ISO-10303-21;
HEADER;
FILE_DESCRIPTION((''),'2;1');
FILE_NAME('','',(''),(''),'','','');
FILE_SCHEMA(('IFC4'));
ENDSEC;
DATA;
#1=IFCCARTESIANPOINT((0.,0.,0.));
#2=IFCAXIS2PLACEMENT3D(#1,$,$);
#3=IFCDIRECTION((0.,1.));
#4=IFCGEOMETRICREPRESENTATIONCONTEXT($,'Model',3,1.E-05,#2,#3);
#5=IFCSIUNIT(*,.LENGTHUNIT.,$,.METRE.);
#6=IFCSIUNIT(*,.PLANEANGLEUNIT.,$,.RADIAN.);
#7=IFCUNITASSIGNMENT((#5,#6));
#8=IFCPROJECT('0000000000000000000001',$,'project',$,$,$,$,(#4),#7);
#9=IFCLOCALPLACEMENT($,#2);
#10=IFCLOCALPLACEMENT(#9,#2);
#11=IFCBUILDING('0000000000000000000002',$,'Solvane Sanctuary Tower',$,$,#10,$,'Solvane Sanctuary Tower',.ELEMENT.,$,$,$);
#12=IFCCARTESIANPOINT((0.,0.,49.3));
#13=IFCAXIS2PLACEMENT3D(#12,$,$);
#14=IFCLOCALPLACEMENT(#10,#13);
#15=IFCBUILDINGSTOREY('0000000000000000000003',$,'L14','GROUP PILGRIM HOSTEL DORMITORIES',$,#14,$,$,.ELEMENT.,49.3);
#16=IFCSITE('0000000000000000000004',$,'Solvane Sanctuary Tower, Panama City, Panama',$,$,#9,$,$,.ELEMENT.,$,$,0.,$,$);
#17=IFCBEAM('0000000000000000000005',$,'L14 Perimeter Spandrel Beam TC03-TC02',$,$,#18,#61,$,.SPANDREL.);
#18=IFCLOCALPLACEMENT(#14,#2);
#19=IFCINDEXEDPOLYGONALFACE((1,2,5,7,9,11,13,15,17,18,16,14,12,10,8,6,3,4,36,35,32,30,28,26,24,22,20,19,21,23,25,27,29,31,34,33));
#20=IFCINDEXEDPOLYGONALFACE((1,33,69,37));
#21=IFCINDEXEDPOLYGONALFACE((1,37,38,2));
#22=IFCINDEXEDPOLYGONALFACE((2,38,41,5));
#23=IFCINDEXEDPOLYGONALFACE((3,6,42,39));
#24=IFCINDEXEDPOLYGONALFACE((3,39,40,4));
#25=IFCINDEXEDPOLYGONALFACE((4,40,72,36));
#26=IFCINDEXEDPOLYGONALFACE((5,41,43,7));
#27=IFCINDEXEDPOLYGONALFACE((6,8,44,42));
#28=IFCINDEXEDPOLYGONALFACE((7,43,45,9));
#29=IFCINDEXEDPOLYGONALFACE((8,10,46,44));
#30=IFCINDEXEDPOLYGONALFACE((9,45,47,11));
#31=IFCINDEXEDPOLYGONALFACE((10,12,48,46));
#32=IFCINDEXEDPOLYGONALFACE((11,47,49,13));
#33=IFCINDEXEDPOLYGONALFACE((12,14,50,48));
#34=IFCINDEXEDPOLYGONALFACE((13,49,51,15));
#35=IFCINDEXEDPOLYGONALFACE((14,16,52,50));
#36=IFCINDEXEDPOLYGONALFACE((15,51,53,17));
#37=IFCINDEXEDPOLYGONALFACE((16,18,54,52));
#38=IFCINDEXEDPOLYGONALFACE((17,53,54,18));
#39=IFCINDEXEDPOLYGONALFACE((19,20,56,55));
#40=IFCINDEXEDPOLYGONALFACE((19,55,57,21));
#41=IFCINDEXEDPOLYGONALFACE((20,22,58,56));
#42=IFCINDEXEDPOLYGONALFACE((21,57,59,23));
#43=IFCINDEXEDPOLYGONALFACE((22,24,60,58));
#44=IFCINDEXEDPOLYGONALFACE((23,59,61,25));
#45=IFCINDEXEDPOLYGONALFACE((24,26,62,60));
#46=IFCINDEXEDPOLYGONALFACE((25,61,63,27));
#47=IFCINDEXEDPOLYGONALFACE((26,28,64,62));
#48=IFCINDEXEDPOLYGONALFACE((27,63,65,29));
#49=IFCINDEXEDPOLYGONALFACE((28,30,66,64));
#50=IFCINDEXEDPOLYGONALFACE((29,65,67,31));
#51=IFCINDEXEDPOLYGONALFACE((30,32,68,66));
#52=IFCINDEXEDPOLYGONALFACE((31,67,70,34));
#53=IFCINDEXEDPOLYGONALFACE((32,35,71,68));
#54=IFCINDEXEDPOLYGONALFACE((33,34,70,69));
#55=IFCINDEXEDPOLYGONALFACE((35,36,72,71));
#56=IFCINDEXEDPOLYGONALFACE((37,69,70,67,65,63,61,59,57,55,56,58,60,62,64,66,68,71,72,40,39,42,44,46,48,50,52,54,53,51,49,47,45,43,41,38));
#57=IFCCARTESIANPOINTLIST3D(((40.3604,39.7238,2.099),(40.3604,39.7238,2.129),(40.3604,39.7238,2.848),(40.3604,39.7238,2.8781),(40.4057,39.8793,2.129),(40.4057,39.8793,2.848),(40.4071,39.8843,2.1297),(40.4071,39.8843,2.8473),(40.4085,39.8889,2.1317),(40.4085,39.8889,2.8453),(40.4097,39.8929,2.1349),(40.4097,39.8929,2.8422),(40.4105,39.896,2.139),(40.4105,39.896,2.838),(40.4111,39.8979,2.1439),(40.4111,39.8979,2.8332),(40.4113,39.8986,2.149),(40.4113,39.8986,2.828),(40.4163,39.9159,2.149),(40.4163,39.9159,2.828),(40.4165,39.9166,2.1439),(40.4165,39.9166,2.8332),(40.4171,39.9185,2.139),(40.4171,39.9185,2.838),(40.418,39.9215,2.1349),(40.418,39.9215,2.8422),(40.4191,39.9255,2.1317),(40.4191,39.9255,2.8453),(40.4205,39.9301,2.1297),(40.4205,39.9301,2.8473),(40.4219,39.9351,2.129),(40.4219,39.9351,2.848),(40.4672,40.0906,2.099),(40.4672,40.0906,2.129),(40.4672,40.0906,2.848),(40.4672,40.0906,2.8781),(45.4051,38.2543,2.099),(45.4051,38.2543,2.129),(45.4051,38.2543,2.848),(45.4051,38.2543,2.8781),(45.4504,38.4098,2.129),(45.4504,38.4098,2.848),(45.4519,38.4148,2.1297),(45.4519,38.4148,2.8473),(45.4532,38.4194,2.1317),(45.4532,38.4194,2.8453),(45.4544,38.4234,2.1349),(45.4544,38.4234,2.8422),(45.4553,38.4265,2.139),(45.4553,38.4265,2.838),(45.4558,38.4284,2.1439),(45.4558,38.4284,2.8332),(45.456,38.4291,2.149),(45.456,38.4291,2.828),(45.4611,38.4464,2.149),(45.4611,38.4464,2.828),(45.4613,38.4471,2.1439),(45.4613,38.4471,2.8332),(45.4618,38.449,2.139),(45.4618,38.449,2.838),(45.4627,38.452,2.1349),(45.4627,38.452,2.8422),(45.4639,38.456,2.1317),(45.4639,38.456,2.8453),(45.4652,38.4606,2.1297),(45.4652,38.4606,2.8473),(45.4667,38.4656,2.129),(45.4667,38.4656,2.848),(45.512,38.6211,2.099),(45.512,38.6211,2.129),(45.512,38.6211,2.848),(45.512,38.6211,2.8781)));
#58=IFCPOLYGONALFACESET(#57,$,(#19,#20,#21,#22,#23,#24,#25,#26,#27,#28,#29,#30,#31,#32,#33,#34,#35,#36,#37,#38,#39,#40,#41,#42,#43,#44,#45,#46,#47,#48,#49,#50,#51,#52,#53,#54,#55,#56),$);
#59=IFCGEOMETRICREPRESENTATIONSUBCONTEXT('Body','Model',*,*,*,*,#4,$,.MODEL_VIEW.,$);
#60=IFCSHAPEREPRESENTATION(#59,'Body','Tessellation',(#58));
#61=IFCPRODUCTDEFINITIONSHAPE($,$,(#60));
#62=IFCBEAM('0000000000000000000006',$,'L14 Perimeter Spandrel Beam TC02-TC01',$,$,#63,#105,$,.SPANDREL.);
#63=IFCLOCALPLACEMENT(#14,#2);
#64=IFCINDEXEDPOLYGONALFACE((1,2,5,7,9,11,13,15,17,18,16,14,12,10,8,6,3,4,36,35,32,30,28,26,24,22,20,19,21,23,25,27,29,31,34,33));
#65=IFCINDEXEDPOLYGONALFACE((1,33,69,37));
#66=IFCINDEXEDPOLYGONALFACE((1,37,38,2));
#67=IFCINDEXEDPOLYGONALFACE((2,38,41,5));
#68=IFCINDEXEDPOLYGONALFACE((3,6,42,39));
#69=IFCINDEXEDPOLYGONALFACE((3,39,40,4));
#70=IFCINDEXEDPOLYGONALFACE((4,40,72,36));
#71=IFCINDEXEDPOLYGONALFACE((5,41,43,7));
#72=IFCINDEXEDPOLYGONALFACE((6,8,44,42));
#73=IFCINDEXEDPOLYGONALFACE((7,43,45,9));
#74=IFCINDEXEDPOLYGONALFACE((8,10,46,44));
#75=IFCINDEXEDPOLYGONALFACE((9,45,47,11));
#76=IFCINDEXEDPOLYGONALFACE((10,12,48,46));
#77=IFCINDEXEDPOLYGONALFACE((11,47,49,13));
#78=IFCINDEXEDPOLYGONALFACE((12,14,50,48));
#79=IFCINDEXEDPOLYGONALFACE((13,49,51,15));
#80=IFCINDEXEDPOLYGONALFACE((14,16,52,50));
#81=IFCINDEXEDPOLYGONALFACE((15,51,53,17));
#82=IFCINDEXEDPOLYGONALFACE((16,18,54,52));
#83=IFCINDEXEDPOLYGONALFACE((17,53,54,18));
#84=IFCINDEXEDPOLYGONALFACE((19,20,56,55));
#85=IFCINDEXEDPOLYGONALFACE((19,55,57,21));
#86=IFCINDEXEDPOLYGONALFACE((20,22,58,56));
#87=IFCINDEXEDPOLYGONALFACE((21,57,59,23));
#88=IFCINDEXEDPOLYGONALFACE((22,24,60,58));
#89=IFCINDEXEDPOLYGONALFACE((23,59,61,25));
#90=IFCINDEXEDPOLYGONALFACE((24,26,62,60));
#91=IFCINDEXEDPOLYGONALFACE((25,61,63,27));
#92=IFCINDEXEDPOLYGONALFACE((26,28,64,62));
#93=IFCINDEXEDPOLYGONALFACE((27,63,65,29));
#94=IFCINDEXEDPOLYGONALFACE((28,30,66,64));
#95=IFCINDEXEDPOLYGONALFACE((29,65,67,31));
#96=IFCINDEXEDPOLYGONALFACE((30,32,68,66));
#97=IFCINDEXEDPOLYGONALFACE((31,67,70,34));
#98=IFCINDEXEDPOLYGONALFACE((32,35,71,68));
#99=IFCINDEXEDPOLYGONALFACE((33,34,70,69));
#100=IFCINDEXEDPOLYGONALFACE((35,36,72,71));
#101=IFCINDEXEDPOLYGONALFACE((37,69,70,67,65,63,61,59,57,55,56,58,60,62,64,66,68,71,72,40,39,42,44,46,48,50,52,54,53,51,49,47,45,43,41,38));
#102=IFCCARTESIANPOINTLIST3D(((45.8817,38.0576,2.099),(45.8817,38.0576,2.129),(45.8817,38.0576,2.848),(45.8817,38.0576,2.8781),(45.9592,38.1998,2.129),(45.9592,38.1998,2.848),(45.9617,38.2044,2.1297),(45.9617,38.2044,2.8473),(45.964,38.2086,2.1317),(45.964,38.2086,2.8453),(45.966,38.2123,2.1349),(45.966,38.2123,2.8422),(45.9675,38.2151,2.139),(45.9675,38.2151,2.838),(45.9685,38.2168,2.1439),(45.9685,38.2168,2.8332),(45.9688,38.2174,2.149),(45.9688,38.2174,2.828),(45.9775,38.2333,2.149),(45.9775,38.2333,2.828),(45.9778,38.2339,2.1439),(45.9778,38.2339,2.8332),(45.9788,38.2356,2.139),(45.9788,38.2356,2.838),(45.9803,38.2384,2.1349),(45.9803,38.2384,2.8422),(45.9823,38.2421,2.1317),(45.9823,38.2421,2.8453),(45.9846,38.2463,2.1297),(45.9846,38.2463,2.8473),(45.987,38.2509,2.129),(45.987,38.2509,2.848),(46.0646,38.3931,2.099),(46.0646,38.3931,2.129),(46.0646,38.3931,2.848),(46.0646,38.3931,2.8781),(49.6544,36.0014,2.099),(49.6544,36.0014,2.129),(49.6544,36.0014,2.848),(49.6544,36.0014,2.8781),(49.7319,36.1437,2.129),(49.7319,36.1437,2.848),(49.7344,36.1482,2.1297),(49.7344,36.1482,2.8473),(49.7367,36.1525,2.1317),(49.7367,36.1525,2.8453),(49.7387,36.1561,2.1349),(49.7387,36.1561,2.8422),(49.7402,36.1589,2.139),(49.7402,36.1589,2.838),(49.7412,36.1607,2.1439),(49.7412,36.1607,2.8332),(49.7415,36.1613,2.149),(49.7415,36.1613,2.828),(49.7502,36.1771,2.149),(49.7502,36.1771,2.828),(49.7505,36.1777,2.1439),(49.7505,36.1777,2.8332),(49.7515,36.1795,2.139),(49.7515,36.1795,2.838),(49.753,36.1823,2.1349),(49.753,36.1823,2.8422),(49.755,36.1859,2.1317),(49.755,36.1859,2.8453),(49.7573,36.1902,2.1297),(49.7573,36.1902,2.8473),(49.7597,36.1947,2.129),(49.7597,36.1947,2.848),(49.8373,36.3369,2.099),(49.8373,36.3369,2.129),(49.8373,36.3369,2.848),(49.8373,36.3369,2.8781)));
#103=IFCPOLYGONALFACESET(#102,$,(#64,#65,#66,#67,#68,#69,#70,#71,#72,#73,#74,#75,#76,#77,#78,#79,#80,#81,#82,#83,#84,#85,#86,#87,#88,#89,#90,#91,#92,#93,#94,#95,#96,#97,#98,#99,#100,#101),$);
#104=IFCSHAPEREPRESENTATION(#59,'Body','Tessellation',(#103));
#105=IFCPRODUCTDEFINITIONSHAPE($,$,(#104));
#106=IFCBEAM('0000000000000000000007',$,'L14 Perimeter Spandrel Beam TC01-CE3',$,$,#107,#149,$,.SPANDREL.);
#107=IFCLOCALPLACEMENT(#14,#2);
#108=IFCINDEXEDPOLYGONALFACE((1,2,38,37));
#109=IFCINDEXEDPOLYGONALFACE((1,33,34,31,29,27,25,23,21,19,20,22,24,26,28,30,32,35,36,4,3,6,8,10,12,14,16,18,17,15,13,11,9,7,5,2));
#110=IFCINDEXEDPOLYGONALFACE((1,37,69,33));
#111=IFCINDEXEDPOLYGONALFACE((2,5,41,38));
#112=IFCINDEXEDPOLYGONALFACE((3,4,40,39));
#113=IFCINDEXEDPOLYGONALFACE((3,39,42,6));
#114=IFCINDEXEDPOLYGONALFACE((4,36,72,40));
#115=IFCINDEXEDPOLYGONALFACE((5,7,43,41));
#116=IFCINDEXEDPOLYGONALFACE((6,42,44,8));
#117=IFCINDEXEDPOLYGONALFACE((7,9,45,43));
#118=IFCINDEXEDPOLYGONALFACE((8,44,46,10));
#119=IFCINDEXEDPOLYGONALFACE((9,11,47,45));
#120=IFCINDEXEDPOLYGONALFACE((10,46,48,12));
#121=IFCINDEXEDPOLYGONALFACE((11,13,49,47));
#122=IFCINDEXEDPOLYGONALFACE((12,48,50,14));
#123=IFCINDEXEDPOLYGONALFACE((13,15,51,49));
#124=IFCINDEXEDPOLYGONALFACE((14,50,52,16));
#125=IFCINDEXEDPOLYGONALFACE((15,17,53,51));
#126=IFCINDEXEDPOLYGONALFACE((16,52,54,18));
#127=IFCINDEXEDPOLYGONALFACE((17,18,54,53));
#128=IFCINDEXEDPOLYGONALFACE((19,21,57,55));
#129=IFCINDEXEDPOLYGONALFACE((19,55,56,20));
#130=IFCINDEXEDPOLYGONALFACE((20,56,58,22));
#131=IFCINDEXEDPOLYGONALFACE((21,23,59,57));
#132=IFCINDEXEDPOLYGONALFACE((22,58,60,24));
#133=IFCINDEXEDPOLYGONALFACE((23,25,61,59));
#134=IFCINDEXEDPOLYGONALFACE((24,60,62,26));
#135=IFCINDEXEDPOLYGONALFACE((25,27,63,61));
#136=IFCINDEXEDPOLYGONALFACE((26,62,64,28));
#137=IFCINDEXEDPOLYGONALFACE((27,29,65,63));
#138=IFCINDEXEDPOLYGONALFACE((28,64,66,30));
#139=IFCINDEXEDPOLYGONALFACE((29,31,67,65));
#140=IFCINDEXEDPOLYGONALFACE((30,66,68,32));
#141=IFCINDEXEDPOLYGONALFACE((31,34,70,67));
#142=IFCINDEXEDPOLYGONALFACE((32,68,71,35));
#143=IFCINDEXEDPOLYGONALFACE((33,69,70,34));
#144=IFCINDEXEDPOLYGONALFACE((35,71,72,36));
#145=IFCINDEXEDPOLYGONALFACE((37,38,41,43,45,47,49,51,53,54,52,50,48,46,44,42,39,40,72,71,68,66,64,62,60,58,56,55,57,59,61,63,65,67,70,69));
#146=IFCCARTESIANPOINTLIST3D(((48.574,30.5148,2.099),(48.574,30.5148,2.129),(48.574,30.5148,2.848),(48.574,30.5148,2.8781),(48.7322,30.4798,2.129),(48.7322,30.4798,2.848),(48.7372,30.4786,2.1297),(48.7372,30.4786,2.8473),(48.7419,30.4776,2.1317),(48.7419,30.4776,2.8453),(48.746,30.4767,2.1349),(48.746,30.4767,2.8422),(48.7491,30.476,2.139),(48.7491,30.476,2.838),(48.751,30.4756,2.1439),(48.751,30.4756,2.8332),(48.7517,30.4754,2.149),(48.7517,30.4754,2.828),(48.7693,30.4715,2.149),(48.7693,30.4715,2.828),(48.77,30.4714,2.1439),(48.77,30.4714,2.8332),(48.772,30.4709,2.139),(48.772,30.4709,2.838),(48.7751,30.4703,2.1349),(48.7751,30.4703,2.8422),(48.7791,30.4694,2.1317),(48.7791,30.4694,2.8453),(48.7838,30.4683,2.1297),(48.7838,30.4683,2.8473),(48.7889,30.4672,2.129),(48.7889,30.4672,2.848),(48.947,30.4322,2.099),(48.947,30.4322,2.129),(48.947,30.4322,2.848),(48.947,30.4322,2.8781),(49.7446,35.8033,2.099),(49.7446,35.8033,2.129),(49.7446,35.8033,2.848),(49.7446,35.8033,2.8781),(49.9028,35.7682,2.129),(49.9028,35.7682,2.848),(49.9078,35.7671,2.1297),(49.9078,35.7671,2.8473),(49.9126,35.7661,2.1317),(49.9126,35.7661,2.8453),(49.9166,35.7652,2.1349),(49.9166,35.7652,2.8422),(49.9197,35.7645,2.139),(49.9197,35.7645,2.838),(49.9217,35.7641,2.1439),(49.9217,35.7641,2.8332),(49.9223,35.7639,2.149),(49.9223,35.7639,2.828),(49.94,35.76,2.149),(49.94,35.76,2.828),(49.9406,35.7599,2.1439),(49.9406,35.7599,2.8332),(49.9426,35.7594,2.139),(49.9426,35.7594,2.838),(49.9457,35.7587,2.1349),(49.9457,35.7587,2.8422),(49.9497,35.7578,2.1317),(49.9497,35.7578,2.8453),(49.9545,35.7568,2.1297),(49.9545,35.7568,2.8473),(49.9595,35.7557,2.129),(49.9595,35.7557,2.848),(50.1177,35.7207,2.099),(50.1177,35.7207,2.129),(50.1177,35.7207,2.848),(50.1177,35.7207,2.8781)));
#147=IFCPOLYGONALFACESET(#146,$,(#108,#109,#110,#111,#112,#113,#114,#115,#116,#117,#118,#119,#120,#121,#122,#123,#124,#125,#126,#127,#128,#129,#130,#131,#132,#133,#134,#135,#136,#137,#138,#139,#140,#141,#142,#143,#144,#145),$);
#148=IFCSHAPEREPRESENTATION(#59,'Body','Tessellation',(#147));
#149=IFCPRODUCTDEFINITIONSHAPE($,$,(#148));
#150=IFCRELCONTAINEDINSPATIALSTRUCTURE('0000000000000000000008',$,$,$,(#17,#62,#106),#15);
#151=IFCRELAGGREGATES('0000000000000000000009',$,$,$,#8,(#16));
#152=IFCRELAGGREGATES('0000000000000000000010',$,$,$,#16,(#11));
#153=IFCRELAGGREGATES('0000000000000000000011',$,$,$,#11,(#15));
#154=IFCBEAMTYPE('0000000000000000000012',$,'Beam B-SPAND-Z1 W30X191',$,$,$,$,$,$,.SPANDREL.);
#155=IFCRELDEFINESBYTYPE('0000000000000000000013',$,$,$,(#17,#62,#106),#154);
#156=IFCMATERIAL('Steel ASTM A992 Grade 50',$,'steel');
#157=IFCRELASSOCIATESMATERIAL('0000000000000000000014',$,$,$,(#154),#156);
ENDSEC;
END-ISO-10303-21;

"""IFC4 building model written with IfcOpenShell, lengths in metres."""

from ifc_helpers import new_model, si_unit, direction, frame, origin, origin_2d, place, context, subcontext, project, spatial, i_section, extrude, material, material_profile, profile_set, type_object, element, save


model = new_model("IFC4")

# Units and contexts
model_context = context("Model", 3, precision=1e-05, world=origin(), true_north=direction((0.0, 1.0)))
body_context = subcontext(model_context, "Body", "Model", "MODEL_VIEW")
ifc_project = project(units=[si_unit("LENGTHUNIT", "METRE"), si_unit("PLANEANGLEUNIT", "RADIAN")], contexts=[model_context])

# Site, building, storey
site_placement = place(None, origin())
site = spatial("IfcSite", under=ifc_project, at=site_placement, Name="Solvane Sanctuary Tower, Panama City, Panama", CompositionType="ELEMENT", RefElevation=0.0)
building_placement = place(site_placement, origin())
building = spatial("IfcBuilding", under=site, at=building_placement, Name="Solvane Sanctuary Tower", LongName="Solvane Sanctuary Tower", CompositionType="ELEMENT")
storey_placement = place(building_placement, frame((0.0, 0.0, 49.3)))
storey = spatial("IfcBuildingStorey", under=building, at=storey_placement, Name="L14", Description="GROUP PILGRIM HOSTEL DORMITORIES", CompositionType="ELEMENT", Elevation=49.3)

# Beams
ifc_material_1 = material(Name="Steel ASTM A992 Grade 50", Category="steel")
ifc_material_profile_1 = material_profile(ifc_material_1, i_section(OverallWidth=0.3821, OverallDepth=0.7791, WebThickness=0.0181, FlangeThickness=0.03, FilletRadius=0.02, at=origin_2d()), Name="W30X191")
ifc_profile_set_1 = profile_set([ifc_material_profile_1], Name="Steel ASTM A992 Grade 50")
beam_type_1 = type_object("IfcBeamType", Name="Beam B-SPAND-Z1 W30X191", PredefinedType="SPANDREL", material=ifc_profile_set_1)
beam_1_placement = place(storey_placement, frame((40.4138, 39.9072, 2.4885), z_axis=(0.960096, -0.27967, 0.0), x_axis=(0.27967, 0.960096, 0.0)))
element("IfcBeam", 1, at=beam_1_placement, inside=storey, type_object=beam_type_1, Name="L14 Perimeter Spandrel Beam TC03-TC02", PredefinedType="SPANDREL", context=body_context, shape_type="SweptSolid", body=[
    extrude(i_section(OverallWidth=0.3821, OverallDepth=0.7791, WebThickness=0.0181, FlangeThickness=0.03, FilletRadius=0.02, at=origin_2d()), origin(), (0.0, 0.0, 1.0), 5.2544),
])
beam_2_placement = place(storey_placement, frame((45.9731, 38.2253, 2.4885), z_axis=(0.878061, -0.47855, 0.0), x_axis=(0.47855, 0.878061, 0.0)))
element("IfcBeam", 2, at=beam_2_placement, inside=storey, type_object=beam_type_1, Name="L14 Perimeter Spandrel Beam TC02-TC01", PredefinedType="SPANDREL", context=body_context, shape_type="SweptSolid", body=[
    extrude(i_section(OverallWidth=0.3821, OverallDepth=0.7791, WebThickness=0.0181, FlangeThickness=0.03, FilletRadius=0.02, at=origin_2d()), origin(), (0.0, 0.0, 1.0), 4.2966),
])
beam_3_placement = place(storey_placement, frame((49.9312, 35.762, 2.4885), z_axis=(-0.216124, -0.976366, 0.0), x_axis=(0.976366, -0.216124, 0.0)))
element("IfcBeam", 3, at=beam_3_placement, inside=storey, type_object=beam_type_1, Name="L14 Perimeter Spandrel Beam TC01-CE3", PredefinedType="SPANDREL", context=body_context, shape_type="SweptSolid", body=[
    extrude(i_section(OverallWidth=0.3821, OverallDepth=0.7791, WebThickness=0.0181, FlangeThickness=0.03, FilletRadius=0.02, at=origin_2d()), origin(), (0.0, 0.0, 1.0), 5.4165),
])

save(model, "model.ifc")
